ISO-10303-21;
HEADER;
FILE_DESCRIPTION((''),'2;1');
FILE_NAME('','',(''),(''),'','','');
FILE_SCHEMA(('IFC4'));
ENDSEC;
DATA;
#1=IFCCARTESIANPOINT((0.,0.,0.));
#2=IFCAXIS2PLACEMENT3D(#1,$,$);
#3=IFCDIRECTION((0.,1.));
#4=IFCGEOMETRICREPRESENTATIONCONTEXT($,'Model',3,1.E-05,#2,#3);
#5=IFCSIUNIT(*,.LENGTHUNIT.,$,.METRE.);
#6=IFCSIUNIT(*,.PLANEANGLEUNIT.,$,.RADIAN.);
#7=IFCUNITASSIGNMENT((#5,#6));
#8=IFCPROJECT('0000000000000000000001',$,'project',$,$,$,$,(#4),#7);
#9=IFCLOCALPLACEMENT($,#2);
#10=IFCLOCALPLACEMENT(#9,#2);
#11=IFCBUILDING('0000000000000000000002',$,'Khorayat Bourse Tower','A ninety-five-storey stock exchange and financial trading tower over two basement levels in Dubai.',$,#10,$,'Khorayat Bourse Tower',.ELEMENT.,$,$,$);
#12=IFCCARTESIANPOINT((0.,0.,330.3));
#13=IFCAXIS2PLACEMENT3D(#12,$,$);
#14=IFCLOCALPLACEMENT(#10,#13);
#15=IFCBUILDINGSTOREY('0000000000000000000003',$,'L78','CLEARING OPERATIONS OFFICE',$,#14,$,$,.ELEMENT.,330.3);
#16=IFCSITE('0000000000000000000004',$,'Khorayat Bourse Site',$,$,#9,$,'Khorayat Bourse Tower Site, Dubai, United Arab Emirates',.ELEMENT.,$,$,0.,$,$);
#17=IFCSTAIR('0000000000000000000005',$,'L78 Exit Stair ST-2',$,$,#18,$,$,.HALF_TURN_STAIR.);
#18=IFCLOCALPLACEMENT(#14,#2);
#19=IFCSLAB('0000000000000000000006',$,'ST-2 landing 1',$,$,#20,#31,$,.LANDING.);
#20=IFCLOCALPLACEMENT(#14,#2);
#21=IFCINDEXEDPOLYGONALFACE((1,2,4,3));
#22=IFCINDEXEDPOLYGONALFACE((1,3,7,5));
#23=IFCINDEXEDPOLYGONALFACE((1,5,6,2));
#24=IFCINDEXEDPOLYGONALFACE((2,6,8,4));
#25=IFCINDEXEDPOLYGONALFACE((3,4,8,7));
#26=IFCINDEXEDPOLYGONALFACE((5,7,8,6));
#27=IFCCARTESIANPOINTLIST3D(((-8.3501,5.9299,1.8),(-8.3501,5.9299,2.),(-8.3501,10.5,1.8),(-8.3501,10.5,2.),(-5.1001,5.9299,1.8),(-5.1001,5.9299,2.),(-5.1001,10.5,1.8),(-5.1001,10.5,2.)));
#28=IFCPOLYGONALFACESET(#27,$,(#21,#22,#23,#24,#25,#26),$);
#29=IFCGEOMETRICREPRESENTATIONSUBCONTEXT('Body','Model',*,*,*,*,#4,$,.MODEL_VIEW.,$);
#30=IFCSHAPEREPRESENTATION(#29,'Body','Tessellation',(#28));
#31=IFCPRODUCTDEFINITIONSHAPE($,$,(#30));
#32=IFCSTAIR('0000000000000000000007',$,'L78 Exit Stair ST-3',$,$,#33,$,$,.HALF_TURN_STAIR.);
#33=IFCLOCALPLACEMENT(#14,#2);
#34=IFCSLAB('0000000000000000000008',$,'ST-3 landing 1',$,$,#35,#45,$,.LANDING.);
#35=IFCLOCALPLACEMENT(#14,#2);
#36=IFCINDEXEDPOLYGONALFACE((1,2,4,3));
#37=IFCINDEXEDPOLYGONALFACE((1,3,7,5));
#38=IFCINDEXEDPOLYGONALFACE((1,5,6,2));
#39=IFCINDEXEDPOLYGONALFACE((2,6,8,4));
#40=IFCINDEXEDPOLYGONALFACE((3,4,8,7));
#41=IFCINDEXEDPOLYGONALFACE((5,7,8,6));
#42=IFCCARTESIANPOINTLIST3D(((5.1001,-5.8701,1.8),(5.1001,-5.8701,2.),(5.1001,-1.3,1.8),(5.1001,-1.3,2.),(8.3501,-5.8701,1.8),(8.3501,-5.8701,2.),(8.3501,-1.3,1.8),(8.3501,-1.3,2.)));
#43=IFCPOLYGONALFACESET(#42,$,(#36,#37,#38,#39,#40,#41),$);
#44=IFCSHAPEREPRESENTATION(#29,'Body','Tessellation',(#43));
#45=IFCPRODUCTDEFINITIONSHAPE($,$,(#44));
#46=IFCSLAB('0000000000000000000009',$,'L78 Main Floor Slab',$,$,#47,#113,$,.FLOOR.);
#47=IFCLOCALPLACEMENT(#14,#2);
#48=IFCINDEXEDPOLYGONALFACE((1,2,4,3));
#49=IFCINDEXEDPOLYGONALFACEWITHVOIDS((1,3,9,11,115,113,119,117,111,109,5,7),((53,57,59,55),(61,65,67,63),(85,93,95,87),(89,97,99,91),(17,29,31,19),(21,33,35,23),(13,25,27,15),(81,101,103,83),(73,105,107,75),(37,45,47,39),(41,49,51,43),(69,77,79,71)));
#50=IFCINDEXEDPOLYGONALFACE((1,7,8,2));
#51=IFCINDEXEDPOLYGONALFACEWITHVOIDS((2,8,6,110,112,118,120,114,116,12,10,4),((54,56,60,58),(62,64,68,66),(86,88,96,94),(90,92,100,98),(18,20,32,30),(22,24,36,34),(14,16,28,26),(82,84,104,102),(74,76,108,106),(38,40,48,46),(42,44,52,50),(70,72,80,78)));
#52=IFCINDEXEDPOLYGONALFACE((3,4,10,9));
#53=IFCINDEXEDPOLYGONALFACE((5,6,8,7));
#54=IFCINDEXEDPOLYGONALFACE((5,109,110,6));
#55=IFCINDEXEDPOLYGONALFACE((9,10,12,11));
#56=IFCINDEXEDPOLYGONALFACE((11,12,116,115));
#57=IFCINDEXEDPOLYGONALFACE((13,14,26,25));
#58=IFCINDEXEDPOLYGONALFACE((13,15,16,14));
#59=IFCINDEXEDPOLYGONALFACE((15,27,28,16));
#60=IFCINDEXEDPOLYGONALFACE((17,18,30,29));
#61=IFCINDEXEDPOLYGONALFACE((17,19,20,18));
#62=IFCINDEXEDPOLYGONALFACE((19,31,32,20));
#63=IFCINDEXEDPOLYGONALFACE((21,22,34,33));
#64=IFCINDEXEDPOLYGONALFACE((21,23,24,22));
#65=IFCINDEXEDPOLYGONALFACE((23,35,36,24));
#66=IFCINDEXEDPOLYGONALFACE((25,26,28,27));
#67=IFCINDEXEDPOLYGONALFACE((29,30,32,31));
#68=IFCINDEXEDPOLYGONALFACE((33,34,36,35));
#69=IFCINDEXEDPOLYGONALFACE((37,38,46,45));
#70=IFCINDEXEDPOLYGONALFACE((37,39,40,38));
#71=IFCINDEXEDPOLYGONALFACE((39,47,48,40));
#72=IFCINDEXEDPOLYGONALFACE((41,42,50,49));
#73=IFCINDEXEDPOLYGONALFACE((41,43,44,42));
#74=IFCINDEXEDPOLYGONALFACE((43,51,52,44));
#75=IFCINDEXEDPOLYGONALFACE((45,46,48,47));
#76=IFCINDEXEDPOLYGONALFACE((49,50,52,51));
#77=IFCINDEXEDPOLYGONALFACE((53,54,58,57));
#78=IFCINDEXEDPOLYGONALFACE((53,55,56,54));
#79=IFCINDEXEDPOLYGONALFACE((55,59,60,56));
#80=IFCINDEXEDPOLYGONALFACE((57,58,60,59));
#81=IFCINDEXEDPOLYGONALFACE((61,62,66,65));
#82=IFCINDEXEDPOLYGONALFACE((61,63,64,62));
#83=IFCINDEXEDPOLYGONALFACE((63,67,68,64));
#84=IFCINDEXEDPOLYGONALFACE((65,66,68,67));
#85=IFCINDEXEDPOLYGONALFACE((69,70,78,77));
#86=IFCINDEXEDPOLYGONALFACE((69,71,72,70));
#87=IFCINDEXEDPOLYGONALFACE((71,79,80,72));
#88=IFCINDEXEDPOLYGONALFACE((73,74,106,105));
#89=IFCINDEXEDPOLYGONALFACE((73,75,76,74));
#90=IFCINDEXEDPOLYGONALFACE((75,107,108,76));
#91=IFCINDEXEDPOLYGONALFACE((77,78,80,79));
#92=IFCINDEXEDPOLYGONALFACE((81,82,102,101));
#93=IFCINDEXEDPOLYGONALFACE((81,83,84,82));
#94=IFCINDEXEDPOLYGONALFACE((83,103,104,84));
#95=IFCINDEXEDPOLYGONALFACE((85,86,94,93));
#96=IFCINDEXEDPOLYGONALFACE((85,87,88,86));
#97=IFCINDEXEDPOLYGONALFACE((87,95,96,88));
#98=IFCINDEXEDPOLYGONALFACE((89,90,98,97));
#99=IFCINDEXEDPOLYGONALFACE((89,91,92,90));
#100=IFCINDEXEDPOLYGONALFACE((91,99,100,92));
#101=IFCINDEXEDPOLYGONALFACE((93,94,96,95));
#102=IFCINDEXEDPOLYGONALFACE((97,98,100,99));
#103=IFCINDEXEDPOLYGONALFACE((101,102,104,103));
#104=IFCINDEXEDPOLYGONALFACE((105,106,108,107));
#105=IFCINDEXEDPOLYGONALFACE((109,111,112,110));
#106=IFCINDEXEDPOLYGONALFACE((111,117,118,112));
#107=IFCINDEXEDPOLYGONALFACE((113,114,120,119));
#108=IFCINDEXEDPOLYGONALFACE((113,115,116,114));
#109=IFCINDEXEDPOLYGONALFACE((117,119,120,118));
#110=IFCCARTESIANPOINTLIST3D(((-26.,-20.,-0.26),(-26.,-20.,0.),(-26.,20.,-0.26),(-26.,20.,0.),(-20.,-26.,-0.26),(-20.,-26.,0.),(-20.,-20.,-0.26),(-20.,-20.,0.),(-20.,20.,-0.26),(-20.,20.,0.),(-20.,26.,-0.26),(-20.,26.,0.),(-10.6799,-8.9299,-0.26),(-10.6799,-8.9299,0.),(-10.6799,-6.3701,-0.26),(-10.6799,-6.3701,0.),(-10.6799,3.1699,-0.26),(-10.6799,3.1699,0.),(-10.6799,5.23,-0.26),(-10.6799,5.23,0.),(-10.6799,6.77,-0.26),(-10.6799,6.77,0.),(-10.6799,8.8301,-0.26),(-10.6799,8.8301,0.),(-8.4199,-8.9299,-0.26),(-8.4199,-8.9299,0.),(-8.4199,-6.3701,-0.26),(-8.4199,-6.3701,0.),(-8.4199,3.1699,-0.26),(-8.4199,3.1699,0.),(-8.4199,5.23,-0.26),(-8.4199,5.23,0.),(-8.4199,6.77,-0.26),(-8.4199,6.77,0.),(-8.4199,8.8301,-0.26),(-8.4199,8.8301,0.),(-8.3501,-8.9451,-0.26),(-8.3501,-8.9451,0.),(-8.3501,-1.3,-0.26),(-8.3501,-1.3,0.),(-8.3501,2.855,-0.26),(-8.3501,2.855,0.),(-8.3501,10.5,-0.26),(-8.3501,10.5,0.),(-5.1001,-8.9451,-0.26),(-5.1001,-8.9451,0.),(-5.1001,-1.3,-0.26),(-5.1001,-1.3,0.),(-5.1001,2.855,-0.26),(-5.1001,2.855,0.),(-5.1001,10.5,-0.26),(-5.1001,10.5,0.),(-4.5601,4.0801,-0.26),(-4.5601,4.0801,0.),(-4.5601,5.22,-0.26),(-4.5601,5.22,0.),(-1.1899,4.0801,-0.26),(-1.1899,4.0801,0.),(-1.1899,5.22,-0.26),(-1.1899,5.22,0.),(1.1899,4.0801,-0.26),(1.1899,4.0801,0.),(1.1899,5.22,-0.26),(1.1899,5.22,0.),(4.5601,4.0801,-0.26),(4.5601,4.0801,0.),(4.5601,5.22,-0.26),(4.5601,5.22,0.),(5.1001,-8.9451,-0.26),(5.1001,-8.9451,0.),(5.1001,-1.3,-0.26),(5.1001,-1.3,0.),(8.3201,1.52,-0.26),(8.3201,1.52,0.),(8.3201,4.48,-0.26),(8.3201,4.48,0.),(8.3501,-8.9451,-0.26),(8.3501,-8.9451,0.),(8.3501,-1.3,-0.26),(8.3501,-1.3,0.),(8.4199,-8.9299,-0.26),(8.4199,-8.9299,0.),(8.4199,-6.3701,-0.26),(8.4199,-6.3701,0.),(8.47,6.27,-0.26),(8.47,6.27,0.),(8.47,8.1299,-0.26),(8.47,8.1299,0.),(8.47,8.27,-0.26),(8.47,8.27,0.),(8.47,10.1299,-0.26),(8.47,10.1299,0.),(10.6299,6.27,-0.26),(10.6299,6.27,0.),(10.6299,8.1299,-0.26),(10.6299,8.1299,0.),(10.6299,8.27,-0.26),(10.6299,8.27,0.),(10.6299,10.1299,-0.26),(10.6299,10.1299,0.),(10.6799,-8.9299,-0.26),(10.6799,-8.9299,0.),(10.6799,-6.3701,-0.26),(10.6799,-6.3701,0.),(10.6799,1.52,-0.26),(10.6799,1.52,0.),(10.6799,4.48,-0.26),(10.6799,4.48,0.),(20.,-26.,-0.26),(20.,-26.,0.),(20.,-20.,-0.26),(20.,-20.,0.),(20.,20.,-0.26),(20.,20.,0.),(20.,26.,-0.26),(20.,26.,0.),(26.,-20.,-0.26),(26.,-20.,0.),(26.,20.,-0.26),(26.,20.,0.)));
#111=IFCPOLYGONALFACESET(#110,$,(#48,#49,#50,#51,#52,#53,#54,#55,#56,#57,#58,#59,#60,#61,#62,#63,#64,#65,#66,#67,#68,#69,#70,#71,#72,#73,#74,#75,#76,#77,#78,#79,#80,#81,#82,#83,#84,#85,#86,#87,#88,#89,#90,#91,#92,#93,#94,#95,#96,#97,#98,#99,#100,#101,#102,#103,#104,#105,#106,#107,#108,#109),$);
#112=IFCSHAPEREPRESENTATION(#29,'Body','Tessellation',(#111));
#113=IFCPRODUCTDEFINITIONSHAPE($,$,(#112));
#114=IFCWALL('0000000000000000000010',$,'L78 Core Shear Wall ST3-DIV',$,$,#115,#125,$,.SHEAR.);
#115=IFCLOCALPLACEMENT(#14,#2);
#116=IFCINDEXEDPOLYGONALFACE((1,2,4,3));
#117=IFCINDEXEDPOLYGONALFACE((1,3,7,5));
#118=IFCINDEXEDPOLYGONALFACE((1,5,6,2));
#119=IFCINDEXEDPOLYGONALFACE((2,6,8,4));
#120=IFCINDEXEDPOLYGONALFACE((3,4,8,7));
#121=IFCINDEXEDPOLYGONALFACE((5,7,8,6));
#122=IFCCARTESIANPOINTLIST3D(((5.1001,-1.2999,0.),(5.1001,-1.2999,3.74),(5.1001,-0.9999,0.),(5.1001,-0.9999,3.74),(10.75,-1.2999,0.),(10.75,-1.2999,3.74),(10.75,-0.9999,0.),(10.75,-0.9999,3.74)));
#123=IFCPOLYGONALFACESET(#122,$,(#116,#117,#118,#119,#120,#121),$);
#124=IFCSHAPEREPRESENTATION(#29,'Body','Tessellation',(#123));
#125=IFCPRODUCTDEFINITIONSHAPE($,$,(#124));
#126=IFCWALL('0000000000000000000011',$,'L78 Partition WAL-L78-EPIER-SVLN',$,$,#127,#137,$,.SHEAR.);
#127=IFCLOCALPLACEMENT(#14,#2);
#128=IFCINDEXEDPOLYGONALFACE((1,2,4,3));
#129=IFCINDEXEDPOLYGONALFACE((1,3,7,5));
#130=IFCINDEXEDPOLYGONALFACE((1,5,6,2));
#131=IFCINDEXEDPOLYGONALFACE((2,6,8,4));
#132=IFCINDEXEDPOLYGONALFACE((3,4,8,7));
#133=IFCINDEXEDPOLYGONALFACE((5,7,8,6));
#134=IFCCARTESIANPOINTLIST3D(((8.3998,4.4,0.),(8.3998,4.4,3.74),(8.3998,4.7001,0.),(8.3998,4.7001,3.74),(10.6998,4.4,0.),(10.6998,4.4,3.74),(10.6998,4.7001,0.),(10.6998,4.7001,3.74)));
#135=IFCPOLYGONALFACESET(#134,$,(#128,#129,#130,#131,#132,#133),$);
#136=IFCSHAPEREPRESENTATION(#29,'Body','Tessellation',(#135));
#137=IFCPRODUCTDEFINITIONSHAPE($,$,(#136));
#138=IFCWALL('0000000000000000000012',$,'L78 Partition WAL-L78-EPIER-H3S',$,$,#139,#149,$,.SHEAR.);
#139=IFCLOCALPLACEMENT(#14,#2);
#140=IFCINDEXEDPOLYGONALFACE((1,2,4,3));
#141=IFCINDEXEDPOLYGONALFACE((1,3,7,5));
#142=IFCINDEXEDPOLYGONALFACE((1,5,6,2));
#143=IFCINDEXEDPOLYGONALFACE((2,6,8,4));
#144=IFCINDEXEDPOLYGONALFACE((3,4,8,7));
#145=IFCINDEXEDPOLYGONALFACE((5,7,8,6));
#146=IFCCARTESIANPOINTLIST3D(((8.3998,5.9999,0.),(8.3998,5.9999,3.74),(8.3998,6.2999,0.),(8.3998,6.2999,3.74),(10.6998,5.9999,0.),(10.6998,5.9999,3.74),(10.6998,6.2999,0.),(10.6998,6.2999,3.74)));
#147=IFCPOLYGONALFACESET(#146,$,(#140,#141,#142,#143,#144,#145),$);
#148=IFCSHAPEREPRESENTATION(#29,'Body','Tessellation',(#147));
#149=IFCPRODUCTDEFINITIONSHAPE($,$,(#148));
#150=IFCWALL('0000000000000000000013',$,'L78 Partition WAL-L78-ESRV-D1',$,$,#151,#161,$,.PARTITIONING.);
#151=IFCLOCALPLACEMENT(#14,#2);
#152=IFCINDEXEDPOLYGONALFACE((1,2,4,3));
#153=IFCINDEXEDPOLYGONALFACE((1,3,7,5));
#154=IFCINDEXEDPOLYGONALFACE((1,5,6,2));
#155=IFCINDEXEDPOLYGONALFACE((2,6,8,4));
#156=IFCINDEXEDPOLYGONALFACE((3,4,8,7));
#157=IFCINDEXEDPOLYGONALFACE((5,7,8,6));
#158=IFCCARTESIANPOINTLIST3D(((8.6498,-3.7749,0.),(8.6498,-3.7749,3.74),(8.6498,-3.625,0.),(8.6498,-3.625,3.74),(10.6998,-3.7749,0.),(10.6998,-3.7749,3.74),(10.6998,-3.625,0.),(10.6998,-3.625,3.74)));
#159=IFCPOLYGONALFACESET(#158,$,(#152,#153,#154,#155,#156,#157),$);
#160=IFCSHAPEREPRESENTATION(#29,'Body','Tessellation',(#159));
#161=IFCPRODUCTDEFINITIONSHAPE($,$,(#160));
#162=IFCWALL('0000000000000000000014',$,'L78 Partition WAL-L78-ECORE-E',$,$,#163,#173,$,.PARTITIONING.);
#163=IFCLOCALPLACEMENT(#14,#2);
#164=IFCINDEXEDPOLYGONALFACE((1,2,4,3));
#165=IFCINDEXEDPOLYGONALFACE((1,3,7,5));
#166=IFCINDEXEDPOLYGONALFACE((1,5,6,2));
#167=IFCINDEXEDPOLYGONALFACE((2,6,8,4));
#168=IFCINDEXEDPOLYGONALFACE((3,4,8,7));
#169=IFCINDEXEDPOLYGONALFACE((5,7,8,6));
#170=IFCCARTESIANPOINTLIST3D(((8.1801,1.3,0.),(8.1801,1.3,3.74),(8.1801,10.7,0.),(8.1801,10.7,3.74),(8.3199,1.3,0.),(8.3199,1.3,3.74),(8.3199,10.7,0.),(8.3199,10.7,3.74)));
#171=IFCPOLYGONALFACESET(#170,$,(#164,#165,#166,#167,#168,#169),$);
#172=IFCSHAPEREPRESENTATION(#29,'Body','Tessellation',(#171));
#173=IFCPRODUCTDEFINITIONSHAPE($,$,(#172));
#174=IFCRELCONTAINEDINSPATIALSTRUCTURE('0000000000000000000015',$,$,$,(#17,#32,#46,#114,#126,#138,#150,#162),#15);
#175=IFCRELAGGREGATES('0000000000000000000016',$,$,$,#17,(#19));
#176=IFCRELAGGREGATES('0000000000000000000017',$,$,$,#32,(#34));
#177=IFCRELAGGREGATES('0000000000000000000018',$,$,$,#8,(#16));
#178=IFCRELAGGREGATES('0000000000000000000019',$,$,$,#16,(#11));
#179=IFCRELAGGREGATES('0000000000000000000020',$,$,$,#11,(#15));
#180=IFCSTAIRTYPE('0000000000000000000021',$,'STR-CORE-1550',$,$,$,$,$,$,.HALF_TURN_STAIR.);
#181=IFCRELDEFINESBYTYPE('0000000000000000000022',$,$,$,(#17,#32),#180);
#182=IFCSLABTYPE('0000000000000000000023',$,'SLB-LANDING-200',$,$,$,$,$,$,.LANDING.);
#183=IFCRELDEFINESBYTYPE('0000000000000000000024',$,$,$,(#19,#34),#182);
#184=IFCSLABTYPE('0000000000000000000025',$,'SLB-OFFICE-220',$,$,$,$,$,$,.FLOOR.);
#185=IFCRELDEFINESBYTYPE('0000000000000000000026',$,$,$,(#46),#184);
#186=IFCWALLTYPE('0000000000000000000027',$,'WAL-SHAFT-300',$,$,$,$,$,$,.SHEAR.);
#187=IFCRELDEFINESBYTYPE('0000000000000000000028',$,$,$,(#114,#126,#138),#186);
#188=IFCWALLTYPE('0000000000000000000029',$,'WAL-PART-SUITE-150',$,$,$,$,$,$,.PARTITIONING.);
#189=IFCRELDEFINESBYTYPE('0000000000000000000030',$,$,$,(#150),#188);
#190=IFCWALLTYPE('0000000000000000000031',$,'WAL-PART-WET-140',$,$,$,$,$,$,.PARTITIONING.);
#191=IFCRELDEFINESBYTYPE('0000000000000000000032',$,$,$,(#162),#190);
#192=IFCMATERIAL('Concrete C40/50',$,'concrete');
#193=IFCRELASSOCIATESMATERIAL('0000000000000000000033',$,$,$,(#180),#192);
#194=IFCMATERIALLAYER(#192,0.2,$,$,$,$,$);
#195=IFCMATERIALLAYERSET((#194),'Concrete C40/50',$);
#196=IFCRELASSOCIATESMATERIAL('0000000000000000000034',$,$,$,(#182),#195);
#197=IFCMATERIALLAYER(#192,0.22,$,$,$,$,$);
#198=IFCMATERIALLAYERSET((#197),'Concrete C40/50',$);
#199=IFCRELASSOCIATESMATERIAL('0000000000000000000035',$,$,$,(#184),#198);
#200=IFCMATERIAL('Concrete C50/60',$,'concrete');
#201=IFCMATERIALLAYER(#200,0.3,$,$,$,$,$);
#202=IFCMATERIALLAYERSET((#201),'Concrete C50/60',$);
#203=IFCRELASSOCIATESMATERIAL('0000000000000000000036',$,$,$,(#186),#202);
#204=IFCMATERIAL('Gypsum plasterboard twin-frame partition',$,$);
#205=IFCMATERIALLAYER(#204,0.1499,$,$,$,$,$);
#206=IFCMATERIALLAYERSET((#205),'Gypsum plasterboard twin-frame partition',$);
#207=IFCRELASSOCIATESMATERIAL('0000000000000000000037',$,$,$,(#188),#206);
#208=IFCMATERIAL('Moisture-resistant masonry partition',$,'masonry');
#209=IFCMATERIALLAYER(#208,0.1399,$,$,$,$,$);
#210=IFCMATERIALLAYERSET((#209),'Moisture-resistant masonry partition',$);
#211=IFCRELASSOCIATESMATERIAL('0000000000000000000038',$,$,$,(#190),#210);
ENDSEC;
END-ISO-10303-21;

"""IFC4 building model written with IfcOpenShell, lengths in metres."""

from ifc_helpers import new_model, si_unit, direction, frame, frame_2d, origin, place, context, subcontext, project, spatial, polyline, rectangle, outline, extrude, source, transform, mapped, material, layer, layer_set, type_object, element, aggregate, save


model = new_model("IFC4")

# Units and contexts
model_context = context("Model", 3, precision=1e-05, world=origin(), true_north=direction((0.0, 1.0)))
body_context = subcontext(model_context, "Body", "Model", "MODEL_VIEW")
ifc_project = project(units=[si_unit("LENGTHUNIT", "METRE"), si_unit("PLANEANGLEUNIT", "RADIAN")], contexts=[model_context])

# Site, building, storey
site_placement = place(None, origin())
site = spatial("IfcSite", under=ifc_project, at=site_placement, Name="Khorayat Bourse Site", LongName="Khorayat Bourse Tower Site, Dubai, United Arab Emirates", CompositionType="ELEMENT", RefElevation=0.0)
building_placement = place(site_placement, origin())
building = spatial("IfcBuilding", under=site, at=building_placement, Name="Khorayat Bourse Tower", Description="A ninety-five-storey stock exchange and financial trading tower over two basement levels in Dubai.", LongName="Khorayat Bourse Tower", CompositionType="ELEMENT")
storey_placement = place(building_placement, frame((0.0, 0.0, 330.3)))
storey = spatial("IfcBuildingStorey", under=building, at=storey_placement, Name="L78", Description="CLEARING OPERATIONS OFFICE", CompositionType="ELEMENT", Elevation=330.3)

# Stairs, slabs
ifc_material_1 = material(Name="Concrete C40/50", Category="concrete")
stair_type = type_object("IfcStairType", Name="STR-CORE-1550", PredefinedType="HALF_TURN_STAIR", material=ifc_material_1)
ifc_layer_1 = layer(ifc_material_1, 0.2)
ifc_layer_set_1 = layer_set([ifc_layer_1], Name="Concrete C40/50")
slab_type_1 = type_object("IfcSlabType", Name="SLB-LANDING-200", PredefinedType="LANDING", material=ifc_layer_set_1)
stair_1_placement = place(storey_placement, origin())
stair_1 = element("IfcStair", 1, at=stair_1_placement, inside=storey, type_object=stair_type, Name="L78 Exit Stair ST-2", PredefinedType="HALF_TURN_STAIR")
slab_1_placement = place(storey_placement, frame((0.0, 0.0, 1.8)))
slab_1 = element("IfcSlab", 2, at=slab_1_placement, type_object=slab_type_1, Name="ST-2 landing 1", PredefinedType="LANDING", context=body_context, shape_type="SweptSolid", body=[
    extrude(outline(polyline([(-5.1001, 5.9299), (-5.1001, 10.5), (-8.3501, 10.5), (-8.3501, 5.9299), (-5.1001, 5.9299)])), origin(), (0.0, 0.0, 1.0), 0.2),
])
aggregate(stair_1, [slab_1])
stair_2_placement = place(storey_placement, origin())
stair_2 = element("IfcStair", 3, at=stair_2_placement, inside=storey, type_object=stair_type, Name="L78 Exit Stair ST-3", PredefinedType="HALF_TURN_STAIR")
slab_2_placement = place(storey_placement, frame((0.0, 0.0, 1.8)))
slab_2 = element("IfcSlab", 4, at=slab_2_placement, type_object=slab_type_1, Name="ST-3 landing 1", PredefinedType="LANDING", context=body_context, shape_type="SweptSolid", body=[
    extrude(outline(polyline([(8.3501, -5.8701), (8.3501, -1.3), (5.1001, -1.3), (5.1001, -5.8701), (8.3501, -5.8701)])), origin(), (0.0, 0.0, 1.0), 0.2),
])
aggregate(stair_2, [slab_2])

# Slab
ifc_layer_2 = layer(ifc_material_1, 0.22)
ifc_layer_set_2 = layer_set([ifc_layer_2], Name="Concrete C40/50")
slab_type_2 = type_object("IfcSlabType", Name="SLB-OFFICE-220", PredefinedType="FLOOR", material=ifc_layer_set_2)
slab_3_placement = place(storey_placement, frame((0.0, 0.0, -0.26)))
element("IfcSlab", 5, at=slab_3_placement, inside=storey, type_object=slab_type_2, Name="L78 Main Floor Slab", PredefinedType="FLOOR", context=body_context, shape_type="SweptSolid", body=[
    extrude(outline(polyline([(-20.0, -26.0), (20.0, -26.0), (20.0, -20.0), (26.0, -20.0), (26.0, 20.0), (20.0, 20.0), (20.0, 26.0), (-20.0, 26.0), (-20.0, 20.0), (-26.0, 20.0), (-26.0, -20.0), (-20.0, -20.0), (-20.0, -26.0)]), holes=[polyline([(-8.3501, -8.9451), (-5.1001, -8.9451), (-5.1001, -1.3), (-8.3501, -1.3), (-8.3501, -8.9451)]), polyline([(-8.3501, 2.855), (-5.1001, 2.855), (-5.1001, 10.5), (-8.3501, 10.5), (-8.3501, 2.855)]), polyline([(5.1001, -8.9451), (8.3501, -8.9451), (8.3501, -1.3), (5.1001, -1.3), (5.1001, -8.9451)]), polyline([(-10.6799, 3.1699), (-8.4199, 3.1699), (-8.4199, 5.23), (-10.6799, 5.23), (-10.6799, 3.1699)]), polyline([(-10.6799, 6.77), (-8.4199, 6.77), (-8.4199, 8.8301), (-10.6799, 8.8301), (-10.6799, 6.77)]), polyline([(8.47, 6.27), (10.6299, 6.27), (10.6299, 8.1299), (8.47, 8.1299), (8.47, 6.27)]), polyline([(8.47, 8.27), (10.6299, 8.27), (10.6299, 10.1299), (8.47, 10.1299), (8.47, 8.27)]), polyline([(-10.6799, -8.9299), (-8.4199, -8.9299), (-8.4199, -6.3701), (-10.6799, -6.3701), (-10.6799, -8.9299)]), polyline([(8.4199, -8.9299), (10.6799, -8.9299), (10.6799, -6.3701), (8.4199, -6.3701), (8.4199, -8.9299)]), polyline([(8.3201, 1.52), (10.6799, 1.52), (10.6799, 4.48), (8.3201, 4.48), (8.3201, 1.52)]), polyline([(-4.5601, 4.0801), (-1.1899, 4.0801), (-1.1899, 5.22), (-4.5601, 5.22), (-4.5601, 4.0801)]), polyline([(1.1899, 4.0801), (4.5601, 4.0801), (4.5601, 5.22), (1.1899, 5.22), (1.1899, 4.0801)])]), origin(), (0.0, 0.0, 1.0), 0.26),
])

# Walls
ifc_material_2 = material(Name="Concrete C50/60", Category="concrete")
ifc_layer_3 = layer(ifc_material_2, 0.3)
ifc_layer_set_3 = layer_set([ifc_layer_3], Name="Concrete C50/60")
wall_type_1 = type_object("IfcWallType", Name="WAL-SHAFT-300", PredefinedType="SHEAR", material=ifc_layer_set_3)
shared_shape_1 = source(origin(), body_context, "Body", "SweptSolid", [
    extrude(rectangle(XDim=5.6499, YDim=0.3, at=frame_2d((2.825, 0.0))), origin(), (0.0, 0.0, 1.0), 3.74),
])
wall_1_placement = place(storey_placement, frame((5.1001, -1.1499, 0.0), z_axis=(0.0, 0.0, 1.0), x_axis=(1.0, 0.0, 0.0)))
element("IfcWall", 6, at=wall_1_placement, inside=storey, type_object=wall_type_1, Name="L78 Core Shear Wall ST3-DIV", PredefinedType="SHEAR", context=body_context, shape_type="MappedRepresentation", body=[
    mapped(shared_shape_1, transform((0.0, 0.0, 0.0), scale=1.0)),
])
shared_shape_2 = source(origin(), body_context, "Body", "SweptSolid", [
    extrude(rectangle(XDim=2.3, YDim=0.3, at=frame_2d((1.1499, 0.0))), origin(), (0.0, 0.0, 1.0), 3.74),
])
for number, where, z_axis, x_axis, name in (
    (7, (8.3999, 4.55, 0.0), (0.0, 0.0, 1.0), (1.0, 0.0, 0.0), "L78 Partition WAL-L78-EPIER-SVLN"),
    (8, (8.3999, 6.1499, 0.0), (0.0, 0.0, 1.0), (1.0, 0.0, 0.0), "L78 Partition WAL-L78-EPIER-H3S"),
):
    element("IfcWall", number, at=place(storey_placement, frame(where, z_axis=z_axis, x_axis=x_axis)), inside=storey, type_object=wall_type_1, Name=name, PredefinedType="SHEAR", context=body_context, shape_type="MappedRepresentation", body=[
        mapped(shared_shape_2, transform((0.0, 0.0, 0.0), scale=1.0)),
    ])
ifc_material_3 = material(Name="Gypsum plasterboard twin-frame partition")
ifc_layer_4 = layer(ifc_material_3, 0.1499)
ifc_layer_set_4 = layer_set([ifc_layer_4], Name="Gypsum plasterboard twin-frame partition")
wall_type_2 = type_object("IfcWallType", Name="WAL-PART-SUITE-150", PredefinedType="PARTITIONING", material=ifc_layer_set_4)
shared_shape_3 = source(origin(), body_context, "Body", "SweptSolid", [
    extrude(rectangle(XDim=2.05, YDim=0.1499, at=frame_2d((1.0249, 0.0))), origin(), (0.0, 0.0, 1.0), 3.74),
])
wall_2_placement = place(storey_placement, frame((8.6499, -3.7, 0.0), z_axis=(0.0, 0.0, 1.0), x_axis=(1.0, 0.0, 0.0)))
element("IfcWall", 9, at=wall_2_placement, inside=storey, type_object=wall_type_2, Name="L78 Partition WAL-L78-ESRV-D1", PredefinedType="PARTITIONING", context=body_context, shape_type="MappedRepresentation", body=[
    mapped(shared_shape_3, transform((0.0, 0.0, 0.0), scale=1.0)),
])
ifc_material_4 = material(Name="Moisture-resistant masonry partition", Category="masonry")
ifc_layer_5 = layer(ifc_material_4, 0.1399)
ifc_layer_set_5 = layer_set([ifc_layer_5], Name="Moisture-resistant masonry partition")
wall_type_3 = type_object("IfcWallType", Name="WAL-PART-WET-140", PredefinedType="PARTITIONING", material=ifc_layer_set_5)
shared_shape_4 = source(origin(), body_context, "Body", "SweptSolid", [
    extrude(rectangle(XDim=9.3999, YDim=0.1399, at=frame_2d((4.7, 0.0))), origin(), (0.0, 0.0, 1.0), 3.74),
])
wall_3_placement = place(storey_placement, frame((8.25, 1.3, 0.0), z_axis=(0.0, 0.0, 1.0), x_axis=(0.0, 1.0, 0.0)))
element("IfcWall", 10, at=wall_3_placement, inside=storey, type_object=wall_type_3, Name="L78 Partition WAL-L78-ECORE-E", PredefinedType="PARTITIONING", context=body_context, shape_type="MappedRepresentation", body=[
    mapped(shared_shape_4, transform((0.0, 0.0, 0.0), scale=1.0)),
])

save(model, "model.ifc")
